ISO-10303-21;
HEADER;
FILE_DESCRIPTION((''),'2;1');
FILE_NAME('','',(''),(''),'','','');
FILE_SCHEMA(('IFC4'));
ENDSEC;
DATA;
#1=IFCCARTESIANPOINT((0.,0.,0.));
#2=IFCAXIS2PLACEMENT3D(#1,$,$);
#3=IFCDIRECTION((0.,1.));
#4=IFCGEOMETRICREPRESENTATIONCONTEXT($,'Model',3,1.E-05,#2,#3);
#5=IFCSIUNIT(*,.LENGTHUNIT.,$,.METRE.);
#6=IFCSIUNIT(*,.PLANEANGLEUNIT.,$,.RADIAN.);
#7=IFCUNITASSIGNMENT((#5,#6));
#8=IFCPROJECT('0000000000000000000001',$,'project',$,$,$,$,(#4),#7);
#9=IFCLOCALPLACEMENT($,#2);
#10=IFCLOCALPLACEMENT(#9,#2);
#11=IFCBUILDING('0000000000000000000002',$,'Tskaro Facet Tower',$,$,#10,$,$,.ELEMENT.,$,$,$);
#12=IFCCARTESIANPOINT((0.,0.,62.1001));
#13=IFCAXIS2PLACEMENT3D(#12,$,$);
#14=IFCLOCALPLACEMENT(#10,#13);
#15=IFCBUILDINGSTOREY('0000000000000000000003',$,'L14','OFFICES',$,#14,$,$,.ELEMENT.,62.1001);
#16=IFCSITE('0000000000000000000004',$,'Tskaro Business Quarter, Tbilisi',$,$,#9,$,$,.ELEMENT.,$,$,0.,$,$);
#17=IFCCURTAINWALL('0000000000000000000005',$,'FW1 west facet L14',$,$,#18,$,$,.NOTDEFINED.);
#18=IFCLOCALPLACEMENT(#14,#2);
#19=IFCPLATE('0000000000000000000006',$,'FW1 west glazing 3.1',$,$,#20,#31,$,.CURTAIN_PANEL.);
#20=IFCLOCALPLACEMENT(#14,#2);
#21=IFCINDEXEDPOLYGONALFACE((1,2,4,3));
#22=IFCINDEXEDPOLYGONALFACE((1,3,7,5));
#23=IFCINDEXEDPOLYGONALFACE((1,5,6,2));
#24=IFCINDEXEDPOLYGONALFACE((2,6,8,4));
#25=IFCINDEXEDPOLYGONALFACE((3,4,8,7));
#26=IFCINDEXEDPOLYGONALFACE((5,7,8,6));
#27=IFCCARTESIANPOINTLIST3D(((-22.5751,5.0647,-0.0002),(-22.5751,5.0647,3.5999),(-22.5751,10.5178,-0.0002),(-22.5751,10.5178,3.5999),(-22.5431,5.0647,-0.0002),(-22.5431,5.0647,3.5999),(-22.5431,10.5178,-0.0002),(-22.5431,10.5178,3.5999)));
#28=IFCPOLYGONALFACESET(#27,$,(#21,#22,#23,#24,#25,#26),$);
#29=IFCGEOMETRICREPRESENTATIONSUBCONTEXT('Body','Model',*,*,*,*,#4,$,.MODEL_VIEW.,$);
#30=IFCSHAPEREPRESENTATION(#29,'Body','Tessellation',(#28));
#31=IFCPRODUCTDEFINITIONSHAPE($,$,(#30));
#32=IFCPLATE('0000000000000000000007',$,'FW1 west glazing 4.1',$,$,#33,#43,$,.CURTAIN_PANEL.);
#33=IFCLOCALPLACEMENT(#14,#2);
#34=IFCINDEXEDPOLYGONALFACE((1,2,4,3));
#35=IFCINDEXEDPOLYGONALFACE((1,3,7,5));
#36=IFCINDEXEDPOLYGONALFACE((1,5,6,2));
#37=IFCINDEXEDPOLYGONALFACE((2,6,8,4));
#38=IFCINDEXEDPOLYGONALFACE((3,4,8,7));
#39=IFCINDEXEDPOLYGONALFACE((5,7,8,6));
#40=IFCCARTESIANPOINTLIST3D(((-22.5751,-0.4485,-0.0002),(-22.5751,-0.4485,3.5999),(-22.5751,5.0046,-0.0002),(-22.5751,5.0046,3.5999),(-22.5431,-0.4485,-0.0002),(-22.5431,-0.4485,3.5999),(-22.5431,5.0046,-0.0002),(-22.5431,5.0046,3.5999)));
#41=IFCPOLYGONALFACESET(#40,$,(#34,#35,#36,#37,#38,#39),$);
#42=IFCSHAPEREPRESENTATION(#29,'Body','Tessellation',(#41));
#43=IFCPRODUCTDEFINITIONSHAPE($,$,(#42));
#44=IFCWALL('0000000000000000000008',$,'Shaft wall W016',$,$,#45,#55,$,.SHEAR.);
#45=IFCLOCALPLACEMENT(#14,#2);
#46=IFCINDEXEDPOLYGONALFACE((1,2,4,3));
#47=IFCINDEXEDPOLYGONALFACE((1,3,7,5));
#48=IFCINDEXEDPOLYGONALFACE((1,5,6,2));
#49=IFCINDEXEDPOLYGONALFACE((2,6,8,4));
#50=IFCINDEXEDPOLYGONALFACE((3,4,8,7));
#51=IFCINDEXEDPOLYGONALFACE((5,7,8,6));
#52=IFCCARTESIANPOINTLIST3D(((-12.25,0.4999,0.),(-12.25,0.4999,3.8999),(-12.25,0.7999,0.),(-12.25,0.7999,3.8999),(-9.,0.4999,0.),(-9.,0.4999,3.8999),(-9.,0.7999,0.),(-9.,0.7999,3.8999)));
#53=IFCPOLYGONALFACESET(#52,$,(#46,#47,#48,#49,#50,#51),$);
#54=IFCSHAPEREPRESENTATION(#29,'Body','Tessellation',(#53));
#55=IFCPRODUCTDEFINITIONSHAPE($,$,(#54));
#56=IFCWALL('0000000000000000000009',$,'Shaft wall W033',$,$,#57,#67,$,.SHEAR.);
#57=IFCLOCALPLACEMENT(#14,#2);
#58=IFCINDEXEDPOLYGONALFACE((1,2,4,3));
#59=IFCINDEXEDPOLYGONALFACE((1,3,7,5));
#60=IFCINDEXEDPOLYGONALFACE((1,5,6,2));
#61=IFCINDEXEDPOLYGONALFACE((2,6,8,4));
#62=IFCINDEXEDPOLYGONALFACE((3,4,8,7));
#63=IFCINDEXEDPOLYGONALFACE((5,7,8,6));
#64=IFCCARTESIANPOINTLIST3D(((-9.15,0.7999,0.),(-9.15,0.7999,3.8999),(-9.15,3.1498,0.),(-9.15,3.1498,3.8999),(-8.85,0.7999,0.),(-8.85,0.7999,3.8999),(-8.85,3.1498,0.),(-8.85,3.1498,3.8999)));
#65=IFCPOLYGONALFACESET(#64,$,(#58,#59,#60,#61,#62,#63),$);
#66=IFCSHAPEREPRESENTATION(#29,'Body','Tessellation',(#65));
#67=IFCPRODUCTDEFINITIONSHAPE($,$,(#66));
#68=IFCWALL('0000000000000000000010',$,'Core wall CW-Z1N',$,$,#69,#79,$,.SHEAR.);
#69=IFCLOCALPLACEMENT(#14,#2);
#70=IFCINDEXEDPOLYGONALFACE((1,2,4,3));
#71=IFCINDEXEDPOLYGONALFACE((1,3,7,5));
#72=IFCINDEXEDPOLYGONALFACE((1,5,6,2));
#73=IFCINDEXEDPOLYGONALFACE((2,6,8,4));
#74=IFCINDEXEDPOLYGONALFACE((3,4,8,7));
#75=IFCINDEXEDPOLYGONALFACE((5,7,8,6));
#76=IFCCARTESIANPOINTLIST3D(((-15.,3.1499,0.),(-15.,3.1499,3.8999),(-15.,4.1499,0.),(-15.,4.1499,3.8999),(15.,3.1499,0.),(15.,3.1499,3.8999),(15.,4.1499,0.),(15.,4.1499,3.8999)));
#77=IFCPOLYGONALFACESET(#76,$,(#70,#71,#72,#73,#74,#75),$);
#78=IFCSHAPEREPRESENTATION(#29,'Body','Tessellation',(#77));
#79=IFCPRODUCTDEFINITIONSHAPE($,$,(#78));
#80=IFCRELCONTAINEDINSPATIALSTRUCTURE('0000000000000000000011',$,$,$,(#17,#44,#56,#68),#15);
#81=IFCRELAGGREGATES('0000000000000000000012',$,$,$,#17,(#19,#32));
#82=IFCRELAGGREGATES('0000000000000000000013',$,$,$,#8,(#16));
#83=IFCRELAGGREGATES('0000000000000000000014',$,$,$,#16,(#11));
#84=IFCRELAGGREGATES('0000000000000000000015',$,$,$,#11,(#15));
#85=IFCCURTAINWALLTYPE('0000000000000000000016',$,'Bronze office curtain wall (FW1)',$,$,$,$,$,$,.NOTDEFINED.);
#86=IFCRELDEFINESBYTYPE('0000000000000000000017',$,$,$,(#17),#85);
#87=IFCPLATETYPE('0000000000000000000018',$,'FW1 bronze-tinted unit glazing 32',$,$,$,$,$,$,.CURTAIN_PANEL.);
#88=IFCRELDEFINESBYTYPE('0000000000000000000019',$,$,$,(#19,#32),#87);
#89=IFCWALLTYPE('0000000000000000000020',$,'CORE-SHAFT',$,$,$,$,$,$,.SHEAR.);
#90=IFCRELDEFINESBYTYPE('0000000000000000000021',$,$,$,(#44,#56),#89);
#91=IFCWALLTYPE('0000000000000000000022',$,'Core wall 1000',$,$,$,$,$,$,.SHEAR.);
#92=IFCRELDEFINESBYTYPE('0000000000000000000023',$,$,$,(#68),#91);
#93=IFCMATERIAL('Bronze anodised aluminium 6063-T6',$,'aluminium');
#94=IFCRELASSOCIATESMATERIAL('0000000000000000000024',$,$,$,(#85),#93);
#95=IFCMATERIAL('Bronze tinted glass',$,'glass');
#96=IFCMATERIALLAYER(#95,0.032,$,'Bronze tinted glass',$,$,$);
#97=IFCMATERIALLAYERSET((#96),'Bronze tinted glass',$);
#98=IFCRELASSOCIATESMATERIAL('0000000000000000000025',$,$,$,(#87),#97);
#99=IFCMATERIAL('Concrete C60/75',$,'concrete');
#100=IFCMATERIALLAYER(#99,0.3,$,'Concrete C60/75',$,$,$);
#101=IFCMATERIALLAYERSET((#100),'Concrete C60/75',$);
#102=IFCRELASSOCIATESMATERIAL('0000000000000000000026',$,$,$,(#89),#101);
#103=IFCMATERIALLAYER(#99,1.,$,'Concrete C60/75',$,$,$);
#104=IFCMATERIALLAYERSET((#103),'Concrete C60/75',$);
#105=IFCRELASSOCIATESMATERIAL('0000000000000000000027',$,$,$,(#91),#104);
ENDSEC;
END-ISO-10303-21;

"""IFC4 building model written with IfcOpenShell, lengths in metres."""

from ifc_helpers import new_model, si_unit, direction, frame, frame_2d, origin, origin_2d, place, context, subcontext, project, spatial, rectangle, extrude, material, layer, layer_set, type_object, element, aggregate, save


model = new_model("IFC4")

# Units and contexts
model_context = context("Model", 3, precision=1e-05, world=origin(), true_north=direction((0.0, 1.0)))
body_context = subcontext(model_context, "Body", "Model", "MODEL_VIEW")
ifc_project = project(units=[si_unit("LENGTHUNIT", "METRE"), si_unit("PLANEANGLEUNIT", "RADIAN")], contexts=[model_context])

# Site, building, storey
site_placement = place(None, origin())
site = spatial("IfcSite", under=ifc_project, at=site_placement, Name="Tskaro Business Quarter, Tbilisi", CompositionType="ELEMENT", RefElevation=0.0)
building_placement = place(site_placement, origin())
building = spatial("IfcBuilding", under=site, at=building_placement, Name="Tskaro Facet Tower", CompositionType="ELEMENT")
storey_placement = place(building_placement, frame((0.0, 0.0, 62.1001)))
storey = spatial("IfcBuildingStorey", under=building, at=storey_placement, Name="L14", Description="OFFICES", CompositionType="ELEMENT", Elevation=62.1001)

# Curtain wall, plates
ifc_material_1 = material(Name="Bronze anodised aluminium 6063-T6", Category="aluminium")
curtain_wall_type = type_object("IfcCurtainWallType", Name="Bronze office curtain wall (FW1)", PredefinedType="NOTDEFINED", material=ifc_material_1)
curtain_wall_placement = place(storey_placement, origin())
curtain_wall = element("IfcCurtainWall", 1, at=curtain_wall_placement, inside=storey, type_object=curtain_wall_type, Name="FW1 west facet L14", PredefinedType="NOTDEFINED")
ifc_material_2 = material(Name="Bronze tinted glass", Category="glass")
ifc_layer_1 = layer(ifc_material_2, 0.032, Name="Bronze tinted glass")
ifc_layer_set_1 = layer_set([ifc_layer_1], Name="Bronze tinted glass")
plate_type = type_object("IfcPlateType", Name="FW1 bronze-tinted unit glazing 32", PredefinedType="CURTAIN_PANEL", material=ifc_layer_set_1)
plate_1_placement = place(storey_placement, frame((-22.5591, 7.7913, -0.0002), z_axis=(0.0, 0.0, 1.0), x_axis=(0.0, -1.0, 0.0)))
plate_1 = element("IfcPlate", 2, at=plate_1_placement, type_object=plate_type, Name="FW1 west glazing 3.1", PredefinedType="CURTAIN_PANEL", context=body_context, shape_type="SweptSolid", body=[
    extrude(rectangle(XDim=5.4531, YDim=0.032, at=origin_2d()), origin(), (0.0, 0.0, 1.0), 3.6001),
])
plate_2_placement = place(storey_placement, frame((-22.5591, 2.2781, -0.0002), z_axis=(0.0, 0.0, 1.0), x_axis=(0.0, -1.0, 0.0)))
plate_2 = element("IfcPlate", 3, at=plate_2_placement, type_object=plate_type, Name="FW1 west glazing 4.1", PredefinedType="CURTAIN_PANEL", context=body_context, shape_type="SweptSolid", body=[
    extrude(rectangle(XDim=5.4531, YDim=0.032, at=origin_2d()), origin(), (0.0, 0.0, 1.0), 3.6001),
])
aggregate(curtain_wall, [plate_1, plate_2])

# Walls
ifc_material_3 = material(Name="Concrete C60/75", Category="concrete")
ifc_layer_2 = layer(ifc_material_3, 0.3, Name="Concrete C60/75")
ifc_layer_set_2 = layer_set([ifc_layer_2], Name="Concrete C60/75")
wall_type_1 = type_object("IfcWallType", Name="CORE-SHAFT", PredefinedType="SHEAR", material=ifc_layer_set_2)
wall_1_placement = place(storey_placement, frame((-9.0, 0.6499, 0.0), z_axis=(0.0, 0.0, 1.0), x_axis=(-1.0, 0.0, 0.0)))
element("IfcWall", 4, at=wall_1_placement, inside=storey, type_object=wall_type_1, Name="Shaft wall W016", PredefinedType="SHEAR", context=body_context, shape_type="SweptSolid", body=[
    extrude(rectangle(XDim=3.25, YDim=0.3, at=frame_2d((1.625, 0.0))), origin(), (0.0, 0.0, 1.0), 3.8999),
])
wall_2_placement = place(storey_placement, frame((-9.0, 0.8, 0.0), z_axis=(0.0, 0.0, 1.0), x_axis=(0.0, 1.0, 0.0)))
element("IfcWall", 5, at=wall_2_placement, inside=storey, type_object=wall_type_1, Name="Shaft wall W033", PredefinedType="SHEAR", context=body_context, shape_type="SweptSolid", body=[
    extrude(rectangle(XDim=2.3499, YDim=0.3, at=frame_2d((1.1748, 0.0))), origin(), (0.0, 0.0, 1.0), 3.8999),
])
ifc_layer_3 = layer(ifc_material_3, 1.0, Name="Concrete C60/75")
ifc_layer_set_3 = layer_set([ifc_layer_3], Name="Concrete C60/75")
wall_type_2 = type_object("IfcWallType", Name="Core wall 1000", PredefinedType="SHEAR", material=ifc_layer_set_3)
wall_3_placement = place(storey_placement, frame((-15.0, 3.6499, 0.0), z_axis=(0.0, 0.0, 1.0), x_axis=(1.0, 0.0, 0.0)))
element("IfcWall", 6, at=wall_3_placement, inside=storey, type_object=wall_type_2, Name="Core wall CW-Z1N", PredefinedType="SHEAR", context=body_context, shape_type="SweptSolid", body=[
    extrude(rectangle(XDim=30.0, YDim=1.0, at=frame_2d((15.0, 0.0))), origin(), (0.0, 0.0, 1.0), 3.8999),
])

save(model, "model.ifc")
